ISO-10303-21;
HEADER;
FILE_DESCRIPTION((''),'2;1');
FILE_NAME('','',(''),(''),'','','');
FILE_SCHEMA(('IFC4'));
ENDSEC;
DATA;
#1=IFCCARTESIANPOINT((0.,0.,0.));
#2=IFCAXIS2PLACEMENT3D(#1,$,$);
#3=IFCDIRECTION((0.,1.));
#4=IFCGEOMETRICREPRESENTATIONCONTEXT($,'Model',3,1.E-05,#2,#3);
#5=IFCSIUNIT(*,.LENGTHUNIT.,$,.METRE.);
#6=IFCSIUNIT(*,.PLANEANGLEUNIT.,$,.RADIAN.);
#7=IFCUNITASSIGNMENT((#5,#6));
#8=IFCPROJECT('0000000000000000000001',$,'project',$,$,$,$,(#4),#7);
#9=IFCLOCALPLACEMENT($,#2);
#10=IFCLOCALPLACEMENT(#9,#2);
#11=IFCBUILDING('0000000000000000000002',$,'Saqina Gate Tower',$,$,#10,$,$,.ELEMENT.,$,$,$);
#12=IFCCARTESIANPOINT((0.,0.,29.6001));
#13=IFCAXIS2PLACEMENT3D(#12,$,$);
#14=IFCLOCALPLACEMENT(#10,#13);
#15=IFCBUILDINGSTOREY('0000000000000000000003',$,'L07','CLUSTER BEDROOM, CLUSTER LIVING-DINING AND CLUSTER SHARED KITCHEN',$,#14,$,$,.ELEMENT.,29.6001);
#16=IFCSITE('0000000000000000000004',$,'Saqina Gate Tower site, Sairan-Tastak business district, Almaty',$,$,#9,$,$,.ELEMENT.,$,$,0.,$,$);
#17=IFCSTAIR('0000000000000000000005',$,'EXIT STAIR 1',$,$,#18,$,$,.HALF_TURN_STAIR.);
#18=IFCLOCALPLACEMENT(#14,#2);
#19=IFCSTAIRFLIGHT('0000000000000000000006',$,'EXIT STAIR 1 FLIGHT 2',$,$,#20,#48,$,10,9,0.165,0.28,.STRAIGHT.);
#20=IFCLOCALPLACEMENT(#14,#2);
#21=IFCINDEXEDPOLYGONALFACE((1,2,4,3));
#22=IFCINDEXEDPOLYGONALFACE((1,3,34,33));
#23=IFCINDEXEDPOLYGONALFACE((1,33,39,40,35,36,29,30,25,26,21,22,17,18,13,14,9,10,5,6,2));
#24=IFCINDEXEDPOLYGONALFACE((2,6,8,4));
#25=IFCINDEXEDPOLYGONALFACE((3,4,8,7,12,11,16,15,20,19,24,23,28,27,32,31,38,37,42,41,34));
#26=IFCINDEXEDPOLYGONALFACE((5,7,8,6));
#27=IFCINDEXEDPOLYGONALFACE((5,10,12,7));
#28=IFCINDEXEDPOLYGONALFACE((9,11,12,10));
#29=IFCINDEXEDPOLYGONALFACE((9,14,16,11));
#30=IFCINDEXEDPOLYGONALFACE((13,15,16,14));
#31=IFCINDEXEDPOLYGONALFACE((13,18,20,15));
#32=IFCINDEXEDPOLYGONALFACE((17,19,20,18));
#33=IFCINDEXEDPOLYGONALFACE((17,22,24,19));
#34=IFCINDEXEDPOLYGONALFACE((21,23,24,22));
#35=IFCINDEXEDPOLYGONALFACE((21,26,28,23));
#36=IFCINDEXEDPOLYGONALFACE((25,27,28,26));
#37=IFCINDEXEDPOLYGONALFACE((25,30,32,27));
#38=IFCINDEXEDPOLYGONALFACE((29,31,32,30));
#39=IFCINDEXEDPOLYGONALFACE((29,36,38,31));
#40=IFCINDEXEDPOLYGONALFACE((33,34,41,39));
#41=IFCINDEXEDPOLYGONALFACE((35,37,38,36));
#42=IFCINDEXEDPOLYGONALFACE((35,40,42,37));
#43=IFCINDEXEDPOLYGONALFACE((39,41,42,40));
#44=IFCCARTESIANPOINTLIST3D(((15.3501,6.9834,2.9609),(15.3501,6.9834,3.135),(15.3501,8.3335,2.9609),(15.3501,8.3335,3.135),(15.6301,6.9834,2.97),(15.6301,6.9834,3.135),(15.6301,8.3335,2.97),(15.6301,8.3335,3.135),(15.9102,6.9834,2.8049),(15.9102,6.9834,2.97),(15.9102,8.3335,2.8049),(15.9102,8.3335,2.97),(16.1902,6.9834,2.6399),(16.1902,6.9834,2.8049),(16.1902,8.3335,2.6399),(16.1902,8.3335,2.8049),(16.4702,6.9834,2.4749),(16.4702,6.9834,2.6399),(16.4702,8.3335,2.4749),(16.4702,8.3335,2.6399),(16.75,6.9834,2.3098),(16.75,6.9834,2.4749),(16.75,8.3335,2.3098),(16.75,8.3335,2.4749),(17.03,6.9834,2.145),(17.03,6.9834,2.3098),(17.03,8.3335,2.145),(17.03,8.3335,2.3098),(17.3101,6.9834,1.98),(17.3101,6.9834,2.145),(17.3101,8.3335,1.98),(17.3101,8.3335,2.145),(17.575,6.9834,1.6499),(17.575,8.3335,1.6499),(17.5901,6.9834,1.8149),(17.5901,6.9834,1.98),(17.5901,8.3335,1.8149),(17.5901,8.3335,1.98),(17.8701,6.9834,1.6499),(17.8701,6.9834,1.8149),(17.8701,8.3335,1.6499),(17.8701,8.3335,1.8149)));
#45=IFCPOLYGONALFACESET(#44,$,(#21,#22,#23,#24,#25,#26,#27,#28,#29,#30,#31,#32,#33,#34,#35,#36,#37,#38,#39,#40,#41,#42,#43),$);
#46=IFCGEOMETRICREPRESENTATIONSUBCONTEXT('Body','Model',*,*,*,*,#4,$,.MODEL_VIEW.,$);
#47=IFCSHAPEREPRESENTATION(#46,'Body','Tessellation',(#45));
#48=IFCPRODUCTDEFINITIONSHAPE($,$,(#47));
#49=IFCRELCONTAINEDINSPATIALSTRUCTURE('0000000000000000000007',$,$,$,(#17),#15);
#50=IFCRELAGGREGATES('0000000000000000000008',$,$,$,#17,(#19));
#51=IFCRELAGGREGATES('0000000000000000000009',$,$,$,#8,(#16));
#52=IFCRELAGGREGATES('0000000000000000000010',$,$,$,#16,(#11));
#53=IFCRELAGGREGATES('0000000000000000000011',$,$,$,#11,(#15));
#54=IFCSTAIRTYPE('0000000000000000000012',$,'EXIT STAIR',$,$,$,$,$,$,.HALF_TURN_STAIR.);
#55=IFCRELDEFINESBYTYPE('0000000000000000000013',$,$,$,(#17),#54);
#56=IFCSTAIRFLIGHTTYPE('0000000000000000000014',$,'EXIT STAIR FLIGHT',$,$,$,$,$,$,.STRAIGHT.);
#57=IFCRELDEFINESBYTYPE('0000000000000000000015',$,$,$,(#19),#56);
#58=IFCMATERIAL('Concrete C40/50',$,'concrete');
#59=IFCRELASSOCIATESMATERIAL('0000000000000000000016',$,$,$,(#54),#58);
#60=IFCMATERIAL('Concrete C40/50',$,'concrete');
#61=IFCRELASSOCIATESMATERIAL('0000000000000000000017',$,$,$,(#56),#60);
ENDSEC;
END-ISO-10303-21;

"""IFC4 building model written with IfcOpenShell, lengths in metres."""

from ifc_helpers import new_model, si_unit, direction, frame, origin, place, context, subcontext, project, spatial, polyline, outline, extrude, material, type_object, element, aggregate, save


model = new_model("IFC4")

# Units and contexts
model_context = context("Model", 3, precision=1e-05, world=origin(), true_north=direction((0.0, 1.0)))
body_context = subcontext(model_context, "Body", "Model", "MODEL_VIEW")
ifc_project = project(units=[si_unit("LENGTHUNIT", "METRE"), si_unit("PLANEANGLEUNIT", "RADIAN")], contexts=[model_context])

# Site, building, storey
site_placement = place(None, origin())
site = spatial("IfcSite", under=ifc_project, at=site_placement, Name="Saqina Gate Tower site, Sairan-Tastak business district, Almaty", CompositionType="ELEMENT", RefElevation=0.0)
building_placement = place(site_placement, origin())
building = spatial("IfcBuilding", under=site, at=building_placement, Name="Saqina Gate Tower", CompositionType="ELEMENT")
storey_placement = place(building_placement, frame((0.0, 0.0, 29.6001)))
storey = spatial("IfcBuildingStorey", under=building, at=storey_placement, Name="L07", Description="CLUSTER BEDROOM, CLUSTER LIVING-DINING AND CLUSTER SHARED KITCHEN", CompositionType="ELEMENT", Elevation=29.6001)

# Stair, stair flight
ifc_material_1 = material(Name="Concrete C40/50", Category="concrete")
stair_type = type_object("IfcStairType", Name="EXIT STAIR", PredefinedType="HALF_TURN_STAIR", material=ifc_material_1)
stair_placement = place(storey_placement, origin())
stair = element("IfcStair", 1, at=stair_placement, inside=storey, type_object=stair_type, Name="EXIT STAIR 1", PredefinedType="HALF_TURN_STAIR")
ifc_material_2 = material(Name="Concrete C40/50", Category="concrete")
stair_flight_type = type_object("IfcStairFlightType", Name="EXIT STAIR FLIGHT", PredefinedType="STRAIGHT", material=ifc_material_2)
stair_flight_1_placement = place(storey_placement, frame((17.8701, 7.6584, 1.6499), z_axis=(0.0, 0.0, 1.0), x_axis=(-1.0, 0.0, 0.0)))
stair_flight_1 = element("IfcStairFlight", 2, at=stair_flight_1_placement, type_object=stair_flight_type, Name="EXIT STAIR 1 FLIGHT 2", NumberOfRisers=10, NumberOfTreads=9, PredefinedType="STRAIGHT", RiserHeight=0.165, TreadLength=0.28, context=body_context, shape_type="SweptSolid", body=[
    extrude(outline(polyline([(0.0, 0.0), (0.0, 0.165), (0.28, 0.165), (0.28, 0.3301), (0.5601, 0.3301), (0.5601, 0.4951), (0.8401, 0.4951), (0.8401, 0.6599), (1.1201, 0.6599), (1.1201, 0.825), (1.3999, 0.825), (1.3999, 0.99), (1.6799, 0.99), (1.6799, 1.155), (1.96, 1.155), (1.96, 1.3201), (2.24, 1.3201), (2.24, 1.4851), (2.52, 1.4851), (2.52, 1.6499), (2.52, 1.311), (0.2952, 0.0), (0.0, 0.0)])), frame((0.0, 0.675, 0.0), z_axis=(0.0, -1.0, 0.0), x_axis=(1.0, 0.0, 0.0)), (0.0, 0.0, 1.0), 1.3501),
])
aggregate(stair, [stair_flight_1])

save(model, "model.ifc")
